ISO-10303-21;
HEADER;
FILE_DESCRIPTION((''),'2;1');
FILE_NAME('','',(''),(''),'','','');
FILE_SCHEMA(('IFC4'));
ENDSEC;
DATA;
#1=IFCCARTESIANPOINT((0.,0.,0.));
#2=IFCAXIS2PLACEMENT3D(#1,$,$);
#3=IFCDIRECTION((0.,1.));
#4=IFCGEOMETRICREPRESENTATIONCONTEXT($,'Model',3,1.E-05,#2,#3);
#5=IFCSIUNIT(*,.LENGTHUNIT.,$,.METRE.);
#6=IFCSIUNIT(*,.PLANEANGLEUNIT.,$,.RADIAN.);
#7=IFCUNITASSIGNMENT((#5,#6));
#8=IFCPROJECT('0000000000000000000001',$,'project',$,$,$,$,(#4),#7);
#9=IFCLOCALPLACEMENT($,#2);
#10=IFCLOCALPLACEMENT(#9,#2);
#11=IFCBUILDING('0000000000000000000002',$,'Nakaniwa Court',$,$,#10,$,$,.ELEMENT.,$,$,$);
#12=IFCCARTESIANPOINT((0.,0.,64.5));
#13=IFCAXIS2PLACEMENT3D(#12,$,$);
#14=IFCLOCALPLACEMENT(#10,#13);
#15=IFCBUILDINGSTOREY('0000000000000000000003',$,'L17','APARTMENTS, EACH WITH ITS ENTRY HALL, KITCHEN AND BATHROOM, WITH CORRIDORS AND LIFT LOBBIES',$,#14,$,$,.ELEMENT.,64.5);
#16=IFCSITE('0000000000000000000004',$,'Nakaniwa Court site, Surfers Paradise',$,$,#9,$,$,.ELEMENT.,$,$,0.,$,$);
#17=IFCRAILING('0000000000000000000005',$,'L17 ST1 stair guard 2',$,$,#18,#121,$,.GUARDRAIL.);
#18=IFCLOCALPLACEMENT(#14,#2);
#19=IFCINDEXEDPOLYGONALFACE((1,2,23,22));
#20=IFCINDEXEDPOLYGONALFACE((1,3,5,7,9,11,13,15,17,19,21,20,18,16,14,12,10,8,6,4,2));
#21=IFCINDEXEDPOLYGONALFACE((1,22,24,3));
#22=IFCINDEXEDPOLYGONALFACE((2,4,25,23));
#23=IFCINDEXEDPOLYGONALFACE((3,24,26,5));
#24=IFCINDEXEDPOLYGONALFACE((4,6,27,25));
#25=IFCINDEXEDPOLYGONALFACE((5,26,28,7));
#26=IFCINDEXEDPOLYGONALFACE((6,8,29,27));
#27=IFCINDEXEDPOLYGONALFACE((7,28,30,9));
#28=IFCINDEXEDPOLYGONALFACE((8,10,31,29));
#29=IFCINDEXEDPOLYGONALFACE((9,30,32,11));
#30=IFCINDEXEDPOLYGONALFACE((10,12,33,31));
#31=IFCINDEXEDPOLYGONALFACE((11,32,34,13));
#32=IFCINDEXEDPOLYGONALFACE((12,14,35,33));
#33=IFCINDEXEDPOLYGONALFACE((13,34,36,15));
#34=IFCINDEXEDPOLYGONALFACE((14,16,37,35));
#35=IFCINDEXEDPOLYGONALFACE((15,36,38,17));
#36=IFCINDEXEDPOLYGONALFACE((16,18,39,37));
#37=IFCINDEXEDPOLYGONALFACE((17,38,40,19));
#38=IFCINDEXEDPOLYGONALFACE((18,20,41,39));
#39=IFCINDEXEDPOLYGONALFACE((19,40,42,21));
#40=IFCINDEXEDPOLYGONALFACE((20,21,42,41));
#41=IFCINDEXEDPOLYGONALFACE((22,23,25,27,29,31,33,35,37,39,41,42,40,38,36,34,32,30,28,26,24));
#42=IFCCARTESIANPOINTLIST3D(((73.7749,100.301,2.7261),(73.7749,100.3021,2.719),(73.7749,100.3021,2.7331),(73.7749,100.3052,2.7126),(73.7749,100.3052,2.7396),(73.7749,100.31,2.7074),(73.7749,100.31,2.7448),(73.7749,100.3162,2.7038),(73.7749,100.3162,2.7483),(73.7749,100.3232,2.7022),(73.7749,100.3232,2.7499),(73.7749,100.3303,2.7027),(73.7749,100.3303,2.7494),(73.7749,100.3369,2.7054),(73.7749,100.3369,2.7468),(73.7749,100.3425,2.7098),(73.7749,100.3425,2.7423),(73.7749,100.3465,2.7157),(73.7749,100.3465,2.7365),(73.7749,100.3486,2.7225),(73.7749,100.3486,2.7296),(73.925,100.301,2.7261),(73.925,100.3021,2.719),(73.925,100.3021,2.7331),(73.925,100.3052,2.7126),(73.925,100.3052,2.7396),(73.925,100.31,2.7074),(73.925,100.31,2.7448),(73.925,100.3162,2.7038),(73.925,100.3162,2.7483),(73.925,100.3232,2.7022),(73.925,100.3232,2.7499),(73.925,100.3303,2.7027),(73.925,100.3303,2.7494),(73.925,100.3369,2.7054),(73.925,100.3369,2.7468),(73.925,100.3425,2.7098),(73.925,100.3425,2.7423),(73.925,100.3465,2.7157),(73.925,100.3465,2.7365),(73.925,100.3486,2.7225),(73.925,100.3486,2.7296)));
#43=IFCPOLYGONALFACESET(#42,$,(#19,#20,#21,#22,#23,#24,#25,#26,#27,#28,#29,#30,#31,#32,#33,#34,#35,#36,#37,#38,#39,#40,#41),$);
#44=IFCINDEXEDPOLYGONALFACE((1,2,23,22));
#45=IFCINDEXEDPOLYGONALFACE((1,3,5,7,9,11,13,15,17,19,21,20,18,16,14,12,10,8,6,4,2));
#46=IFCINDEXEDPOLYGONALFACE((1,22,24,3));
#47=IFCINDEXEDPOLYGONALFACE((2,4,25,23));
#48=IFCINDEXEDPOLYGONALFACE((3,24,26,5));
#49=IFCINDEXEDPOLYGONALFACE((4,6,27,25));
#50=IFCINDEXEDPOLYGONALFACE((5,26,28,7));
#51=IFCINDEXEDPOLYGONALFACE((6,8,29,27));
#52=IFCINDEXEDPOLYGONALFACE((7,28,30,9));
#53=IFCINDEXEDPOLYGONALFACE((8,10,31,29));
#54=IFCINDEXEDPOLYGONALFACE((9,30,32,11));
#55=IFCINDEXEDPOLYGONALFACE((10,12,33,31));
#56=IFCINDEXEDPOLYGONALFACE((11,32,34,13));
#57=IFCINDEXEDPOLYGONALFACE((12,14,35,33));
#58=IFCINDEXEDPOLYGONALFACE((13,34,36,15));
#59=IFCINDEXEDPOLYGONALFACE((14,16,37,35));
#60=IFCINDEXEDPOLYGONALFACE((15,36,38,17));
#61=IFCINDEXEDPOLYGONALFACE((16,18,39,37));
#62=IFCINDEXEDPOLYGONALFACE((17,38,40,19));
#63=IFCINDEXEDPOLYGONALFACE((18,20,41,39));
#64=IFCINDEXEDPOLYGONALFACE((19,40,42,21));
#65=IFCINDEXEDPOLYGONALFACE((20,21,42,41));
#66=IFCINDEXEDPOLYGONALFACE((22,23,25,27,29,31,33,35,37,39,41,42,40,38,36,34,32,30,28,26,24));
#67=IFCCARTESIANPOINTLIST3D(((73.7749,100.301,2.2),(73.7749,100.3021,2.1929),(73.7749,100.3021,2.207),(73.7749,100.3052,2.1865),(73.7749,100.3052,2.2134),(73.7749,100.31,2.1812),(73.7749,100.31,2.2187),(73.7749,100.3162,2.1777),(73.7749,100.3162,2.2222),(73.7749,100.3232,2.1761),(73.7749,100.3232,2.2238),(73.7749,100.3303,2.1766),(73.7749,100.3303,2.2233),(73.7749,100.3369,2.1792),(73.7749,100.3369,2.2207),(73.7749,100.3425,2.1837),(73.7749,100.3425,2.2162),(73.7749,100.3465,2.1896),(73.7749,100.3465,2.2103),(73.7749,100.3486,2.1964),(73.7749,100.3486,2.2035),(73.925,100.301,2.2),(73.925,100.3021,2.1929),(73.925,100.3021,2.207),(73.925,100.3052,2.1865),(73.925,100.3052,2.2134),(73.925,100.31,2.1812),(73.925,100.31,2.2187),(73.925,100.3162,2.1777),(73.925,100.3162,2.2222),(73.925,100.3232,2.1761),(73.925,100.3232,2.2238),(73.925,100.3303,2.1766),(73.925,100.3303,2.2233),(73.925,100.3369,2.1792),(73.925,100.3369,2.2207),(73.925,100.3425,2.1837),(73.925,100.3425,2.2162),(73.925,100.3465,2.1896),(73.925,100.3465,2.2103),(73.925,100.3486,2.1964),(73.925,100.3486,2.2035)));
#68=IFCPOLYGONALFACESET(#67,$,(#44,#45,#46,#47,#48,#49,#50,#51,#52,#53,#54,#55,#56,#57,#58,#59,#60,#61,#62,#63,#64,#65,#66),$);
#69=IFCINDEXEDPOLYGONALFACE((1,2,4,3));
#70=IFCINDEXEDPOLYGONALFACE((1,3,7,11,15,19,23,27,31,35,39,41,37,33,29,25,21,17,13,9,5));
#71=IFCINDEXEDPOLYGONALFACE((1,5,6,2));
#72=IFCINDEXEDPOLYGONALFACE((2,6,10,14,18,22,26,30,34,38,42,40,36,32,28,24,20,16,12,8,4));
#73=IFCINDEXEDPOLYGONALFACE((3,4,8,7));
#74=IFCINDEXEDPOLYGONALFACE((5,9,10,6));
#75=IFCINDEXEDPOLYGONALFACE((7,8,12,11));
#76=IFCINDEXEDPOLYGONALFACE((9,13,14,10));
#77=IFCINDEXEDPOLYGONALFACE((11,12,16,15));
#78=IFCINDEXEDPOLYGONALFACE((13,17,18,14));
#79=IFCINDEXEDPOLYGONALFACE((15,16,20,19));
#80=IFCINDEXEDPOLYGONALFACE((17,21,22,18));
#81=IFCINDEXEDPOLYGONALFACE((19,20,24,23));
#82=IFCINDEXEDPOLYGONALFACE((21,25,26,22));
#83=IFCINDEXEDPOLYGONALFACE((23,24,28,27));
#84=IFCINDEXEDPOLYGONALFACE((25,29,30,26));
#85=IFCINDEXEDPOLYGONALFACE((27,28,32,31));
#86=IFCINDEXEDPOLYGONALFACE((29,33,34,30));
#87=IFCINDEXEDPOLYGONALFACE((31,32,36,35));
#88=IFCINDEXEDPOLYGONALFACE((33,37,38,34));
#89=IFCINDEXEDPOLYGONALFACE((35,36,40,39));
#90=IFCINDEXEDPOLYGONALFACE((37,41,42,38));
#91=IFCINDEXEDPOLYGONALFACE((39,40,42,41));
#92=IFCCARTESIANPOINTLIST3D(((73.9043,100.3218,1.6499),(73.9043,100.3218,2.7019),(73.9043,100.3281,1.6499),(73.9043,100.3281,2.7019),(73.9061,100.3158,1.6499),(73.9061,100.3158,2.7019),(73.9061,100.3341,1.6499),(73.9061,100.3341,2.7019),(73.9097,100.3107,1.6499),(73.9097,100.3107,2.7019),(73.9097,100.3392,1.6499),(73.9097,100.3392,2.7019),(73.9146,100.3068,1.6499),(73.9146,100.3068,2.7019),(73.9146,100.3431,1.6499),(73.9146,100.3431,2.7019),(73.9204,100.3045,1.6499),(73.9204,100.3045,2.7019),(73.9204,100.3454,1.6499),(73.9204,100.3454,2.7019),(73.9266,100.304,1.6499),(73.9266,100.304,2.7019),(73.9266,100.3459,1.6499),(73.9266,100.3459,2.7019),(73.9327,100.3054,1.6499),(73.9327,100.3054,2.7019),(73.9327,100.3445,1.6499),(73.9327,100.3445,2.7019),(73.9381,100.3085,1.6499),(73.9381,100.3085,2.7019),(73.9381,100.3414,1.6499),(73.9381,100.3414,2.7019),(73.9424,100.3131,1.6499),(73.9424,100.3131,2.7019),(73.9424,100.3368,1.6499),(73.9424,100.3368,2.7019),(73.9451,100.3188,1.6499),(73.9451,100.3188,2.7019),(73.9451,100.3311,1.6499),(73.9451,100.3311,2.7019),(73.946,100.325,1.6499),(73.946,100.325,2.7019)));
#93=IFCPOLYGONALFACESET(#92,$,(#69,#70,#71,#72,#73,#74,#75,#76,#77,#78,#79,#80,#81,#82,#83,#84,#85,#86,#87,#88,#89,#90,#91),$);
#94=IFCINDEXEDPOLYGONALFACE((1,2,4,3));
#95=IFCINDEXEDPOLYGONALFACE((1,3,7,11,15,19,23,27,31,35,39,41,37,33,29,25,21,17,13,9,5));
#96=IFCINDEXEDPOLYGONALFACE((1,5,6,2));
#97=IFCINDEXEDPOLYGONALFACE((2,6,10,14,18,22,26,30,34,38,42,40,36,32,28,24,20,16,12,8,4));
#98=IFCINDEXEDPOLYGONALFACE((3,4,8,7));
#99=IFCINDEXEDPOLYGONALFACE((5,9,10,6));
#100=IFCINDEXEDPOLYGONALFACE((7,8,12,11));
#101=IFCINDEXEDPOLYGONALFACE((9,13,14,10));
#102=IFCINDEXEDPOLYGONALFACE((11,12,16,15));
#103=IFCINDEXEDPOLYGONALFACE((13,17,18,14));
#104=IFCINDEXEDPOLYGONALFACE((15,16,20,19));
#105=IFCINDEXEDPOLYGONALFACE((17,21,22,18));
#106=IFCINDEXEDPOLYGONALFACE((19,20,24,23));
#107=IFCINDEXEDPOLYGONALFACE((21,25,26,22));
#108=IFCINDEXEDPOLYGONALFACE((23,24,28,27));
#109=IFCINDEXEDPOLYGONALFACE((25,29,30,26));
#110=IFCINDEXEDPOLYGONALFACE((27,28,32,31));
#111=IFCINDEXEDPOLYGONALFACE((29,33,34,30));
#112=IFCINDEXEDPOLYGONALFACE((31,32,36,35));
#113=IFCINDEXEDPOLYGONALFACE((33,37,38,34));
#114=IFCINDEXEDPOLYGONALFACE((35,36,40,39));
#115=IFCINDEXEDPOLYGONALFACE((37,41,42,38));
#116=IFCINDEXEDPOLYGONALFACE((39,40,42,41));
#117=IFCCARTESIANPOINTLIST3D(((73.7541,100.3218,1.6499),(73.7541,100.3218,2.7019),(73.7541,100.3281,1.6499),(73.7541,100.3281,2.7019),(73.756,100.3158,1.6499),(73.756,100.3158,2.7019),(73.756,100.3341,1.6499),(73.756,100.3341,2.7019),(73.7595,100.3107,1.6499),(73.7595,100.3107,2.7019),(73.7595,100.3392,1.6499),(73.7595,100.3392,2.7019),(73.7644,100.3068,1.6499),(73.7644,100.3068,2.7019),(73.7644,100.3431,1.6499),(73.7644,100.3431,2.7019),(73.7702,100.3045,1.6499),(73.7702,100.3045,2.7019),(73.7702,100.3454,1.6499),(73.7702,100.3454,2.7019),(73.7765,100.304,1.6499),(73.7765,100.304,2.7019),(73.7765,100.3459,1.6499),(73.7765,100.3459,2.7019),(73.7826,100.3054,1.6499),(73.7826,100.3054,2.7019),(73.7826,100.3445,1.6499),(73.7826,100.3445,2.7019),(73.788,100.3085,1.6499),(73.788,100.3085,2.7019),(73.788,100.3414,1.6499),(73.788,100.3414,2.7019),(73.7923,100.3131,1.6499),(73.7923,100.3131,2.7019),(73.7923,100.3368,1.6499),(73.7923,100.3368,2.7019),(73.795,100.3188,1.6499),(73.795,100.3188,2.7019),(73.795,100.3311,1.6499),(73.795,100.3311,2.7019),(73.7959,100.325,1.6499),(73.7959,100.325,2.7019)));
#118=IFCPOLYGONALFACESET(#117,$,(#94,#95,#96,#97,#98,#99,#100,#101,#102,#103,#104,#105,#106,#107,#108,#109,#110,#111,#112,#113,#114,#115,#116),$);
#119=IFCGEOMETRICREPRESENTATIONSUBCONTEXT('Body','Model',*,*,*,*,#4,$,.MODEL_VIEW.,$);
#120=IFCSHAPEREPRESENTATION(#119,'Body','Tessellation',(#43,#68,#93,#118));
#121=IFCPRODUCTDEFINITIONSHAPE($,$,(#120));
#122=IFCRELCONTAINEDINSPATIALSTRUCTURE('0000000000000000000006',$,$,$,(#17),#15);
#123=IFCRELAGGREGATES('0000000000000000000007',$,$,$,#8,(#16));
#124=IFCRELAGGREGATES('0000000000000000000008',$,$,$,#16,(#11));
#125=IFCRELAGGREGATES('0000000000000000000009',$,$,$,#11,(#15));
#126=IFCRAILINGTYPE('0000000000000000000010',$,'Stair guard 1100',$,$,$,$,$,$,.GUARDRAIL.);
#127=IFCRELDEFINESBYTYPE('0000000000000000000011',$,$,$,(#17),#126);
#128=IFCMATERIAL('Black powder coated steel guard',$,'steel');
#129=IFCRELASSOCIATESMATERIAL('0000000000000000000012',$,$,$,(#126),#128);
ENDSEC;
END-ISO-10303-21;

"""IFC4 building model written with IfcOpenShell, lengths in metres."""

from ifc_helpers import new_model, si_unit, direction, frame, origin, origin_2d, place, context, subcontext, project, spatial, circle, extrude, material, type_object, element, save


model = new_model("IFC4")

# Units and contexts
model_context = context("Model", 3, precision=1e-05, world=origin(), true_north=direction((0.0, 1.0)))
body_context = subcontext(model_context, "Body", "Model", "MODEL_VIEW")
ifc_project = project(units=[si_unit("LENGTHUNIT", "METRE"), si_unit("PLANEANGLEUNIT", "RADIAN")], contexts=[model_context])

# Site, building, storey
site_placement = place(None, origin())
site = spatial("IfcSite", under=ifc_project, at=site_placement, Name="Nakaniwa Court site, Surfers Paradise", CompositionType="ELEMENT", RefElevation=0.0)
building_placement = place(site_placement, origin())
building = spatial("IfcBuilding", under=site, at=building_placement, Name="Nakaniwa Court", CompositionType="ELEMENT")
storey_placement = place(building_placement, frame((0.0, 0.0, 64.5)))
storey = spatial("IfcBuildingStorey", under=building, at=storey_placement, Name="L17", Description="APARTMENTS, EACH WITH ITS ENTRY HALL, KITCHEN AND BATHROOM, WITH CORRIDORS AND LIFT LOBBIES", CompositionType="ELEMENT", Elevation=64.5)

# Railing
ifc_material_1 = material(Name="Black powder coated steel guard", Category="steel")
railing_type_1 = type_object("IfcRailingType", Name="Stair guard 1100", PredefinedType="GUARDRAIL", material=ifc_material_1)
railing_1_placement = place(storey_placement, frame((73.925, 100.325, 1.6499)))
element("IfcRailing", 1, at=railing_1_placement, inside=storey, type_object=railing_type_1, Name="L17 ST1 stair guard 2", PredefinedType="GUARDRAIL", context=body_context, shape_type="SweptSolid", body=[
    extrude(circle(Radius=0.0239, at=origin_2d()), frame((0.0, 0.0, 1.0762), z_axis=(-1.0, 0.0, 0.0), x_axis=(0.0, -1.0, 0.0)), (0.0, 0.0, 1.0), 0.1501),
    extrude(circle(Radius=0.0239, at=origin_2d()), frame((0.0, 0.0, 0.55), z_axis=(-1.0, 0.0, 0.0), x_axis=(0.0, -1.0, 0.0)), (0.0, 0.0, 1.0), 0.1501),
    extrude(circle(Radius=0.021, at=origin_2d()), origin(), (0.0, 0.0, 1.0), 1.052),
    extrude(circle(Radius=0.021, at=origin_2d()), frame((-0.1501, 0.0, 0.0)), (0.0, 0.0, 1.0), 1.052),
])

save(model, "model.ifc")
